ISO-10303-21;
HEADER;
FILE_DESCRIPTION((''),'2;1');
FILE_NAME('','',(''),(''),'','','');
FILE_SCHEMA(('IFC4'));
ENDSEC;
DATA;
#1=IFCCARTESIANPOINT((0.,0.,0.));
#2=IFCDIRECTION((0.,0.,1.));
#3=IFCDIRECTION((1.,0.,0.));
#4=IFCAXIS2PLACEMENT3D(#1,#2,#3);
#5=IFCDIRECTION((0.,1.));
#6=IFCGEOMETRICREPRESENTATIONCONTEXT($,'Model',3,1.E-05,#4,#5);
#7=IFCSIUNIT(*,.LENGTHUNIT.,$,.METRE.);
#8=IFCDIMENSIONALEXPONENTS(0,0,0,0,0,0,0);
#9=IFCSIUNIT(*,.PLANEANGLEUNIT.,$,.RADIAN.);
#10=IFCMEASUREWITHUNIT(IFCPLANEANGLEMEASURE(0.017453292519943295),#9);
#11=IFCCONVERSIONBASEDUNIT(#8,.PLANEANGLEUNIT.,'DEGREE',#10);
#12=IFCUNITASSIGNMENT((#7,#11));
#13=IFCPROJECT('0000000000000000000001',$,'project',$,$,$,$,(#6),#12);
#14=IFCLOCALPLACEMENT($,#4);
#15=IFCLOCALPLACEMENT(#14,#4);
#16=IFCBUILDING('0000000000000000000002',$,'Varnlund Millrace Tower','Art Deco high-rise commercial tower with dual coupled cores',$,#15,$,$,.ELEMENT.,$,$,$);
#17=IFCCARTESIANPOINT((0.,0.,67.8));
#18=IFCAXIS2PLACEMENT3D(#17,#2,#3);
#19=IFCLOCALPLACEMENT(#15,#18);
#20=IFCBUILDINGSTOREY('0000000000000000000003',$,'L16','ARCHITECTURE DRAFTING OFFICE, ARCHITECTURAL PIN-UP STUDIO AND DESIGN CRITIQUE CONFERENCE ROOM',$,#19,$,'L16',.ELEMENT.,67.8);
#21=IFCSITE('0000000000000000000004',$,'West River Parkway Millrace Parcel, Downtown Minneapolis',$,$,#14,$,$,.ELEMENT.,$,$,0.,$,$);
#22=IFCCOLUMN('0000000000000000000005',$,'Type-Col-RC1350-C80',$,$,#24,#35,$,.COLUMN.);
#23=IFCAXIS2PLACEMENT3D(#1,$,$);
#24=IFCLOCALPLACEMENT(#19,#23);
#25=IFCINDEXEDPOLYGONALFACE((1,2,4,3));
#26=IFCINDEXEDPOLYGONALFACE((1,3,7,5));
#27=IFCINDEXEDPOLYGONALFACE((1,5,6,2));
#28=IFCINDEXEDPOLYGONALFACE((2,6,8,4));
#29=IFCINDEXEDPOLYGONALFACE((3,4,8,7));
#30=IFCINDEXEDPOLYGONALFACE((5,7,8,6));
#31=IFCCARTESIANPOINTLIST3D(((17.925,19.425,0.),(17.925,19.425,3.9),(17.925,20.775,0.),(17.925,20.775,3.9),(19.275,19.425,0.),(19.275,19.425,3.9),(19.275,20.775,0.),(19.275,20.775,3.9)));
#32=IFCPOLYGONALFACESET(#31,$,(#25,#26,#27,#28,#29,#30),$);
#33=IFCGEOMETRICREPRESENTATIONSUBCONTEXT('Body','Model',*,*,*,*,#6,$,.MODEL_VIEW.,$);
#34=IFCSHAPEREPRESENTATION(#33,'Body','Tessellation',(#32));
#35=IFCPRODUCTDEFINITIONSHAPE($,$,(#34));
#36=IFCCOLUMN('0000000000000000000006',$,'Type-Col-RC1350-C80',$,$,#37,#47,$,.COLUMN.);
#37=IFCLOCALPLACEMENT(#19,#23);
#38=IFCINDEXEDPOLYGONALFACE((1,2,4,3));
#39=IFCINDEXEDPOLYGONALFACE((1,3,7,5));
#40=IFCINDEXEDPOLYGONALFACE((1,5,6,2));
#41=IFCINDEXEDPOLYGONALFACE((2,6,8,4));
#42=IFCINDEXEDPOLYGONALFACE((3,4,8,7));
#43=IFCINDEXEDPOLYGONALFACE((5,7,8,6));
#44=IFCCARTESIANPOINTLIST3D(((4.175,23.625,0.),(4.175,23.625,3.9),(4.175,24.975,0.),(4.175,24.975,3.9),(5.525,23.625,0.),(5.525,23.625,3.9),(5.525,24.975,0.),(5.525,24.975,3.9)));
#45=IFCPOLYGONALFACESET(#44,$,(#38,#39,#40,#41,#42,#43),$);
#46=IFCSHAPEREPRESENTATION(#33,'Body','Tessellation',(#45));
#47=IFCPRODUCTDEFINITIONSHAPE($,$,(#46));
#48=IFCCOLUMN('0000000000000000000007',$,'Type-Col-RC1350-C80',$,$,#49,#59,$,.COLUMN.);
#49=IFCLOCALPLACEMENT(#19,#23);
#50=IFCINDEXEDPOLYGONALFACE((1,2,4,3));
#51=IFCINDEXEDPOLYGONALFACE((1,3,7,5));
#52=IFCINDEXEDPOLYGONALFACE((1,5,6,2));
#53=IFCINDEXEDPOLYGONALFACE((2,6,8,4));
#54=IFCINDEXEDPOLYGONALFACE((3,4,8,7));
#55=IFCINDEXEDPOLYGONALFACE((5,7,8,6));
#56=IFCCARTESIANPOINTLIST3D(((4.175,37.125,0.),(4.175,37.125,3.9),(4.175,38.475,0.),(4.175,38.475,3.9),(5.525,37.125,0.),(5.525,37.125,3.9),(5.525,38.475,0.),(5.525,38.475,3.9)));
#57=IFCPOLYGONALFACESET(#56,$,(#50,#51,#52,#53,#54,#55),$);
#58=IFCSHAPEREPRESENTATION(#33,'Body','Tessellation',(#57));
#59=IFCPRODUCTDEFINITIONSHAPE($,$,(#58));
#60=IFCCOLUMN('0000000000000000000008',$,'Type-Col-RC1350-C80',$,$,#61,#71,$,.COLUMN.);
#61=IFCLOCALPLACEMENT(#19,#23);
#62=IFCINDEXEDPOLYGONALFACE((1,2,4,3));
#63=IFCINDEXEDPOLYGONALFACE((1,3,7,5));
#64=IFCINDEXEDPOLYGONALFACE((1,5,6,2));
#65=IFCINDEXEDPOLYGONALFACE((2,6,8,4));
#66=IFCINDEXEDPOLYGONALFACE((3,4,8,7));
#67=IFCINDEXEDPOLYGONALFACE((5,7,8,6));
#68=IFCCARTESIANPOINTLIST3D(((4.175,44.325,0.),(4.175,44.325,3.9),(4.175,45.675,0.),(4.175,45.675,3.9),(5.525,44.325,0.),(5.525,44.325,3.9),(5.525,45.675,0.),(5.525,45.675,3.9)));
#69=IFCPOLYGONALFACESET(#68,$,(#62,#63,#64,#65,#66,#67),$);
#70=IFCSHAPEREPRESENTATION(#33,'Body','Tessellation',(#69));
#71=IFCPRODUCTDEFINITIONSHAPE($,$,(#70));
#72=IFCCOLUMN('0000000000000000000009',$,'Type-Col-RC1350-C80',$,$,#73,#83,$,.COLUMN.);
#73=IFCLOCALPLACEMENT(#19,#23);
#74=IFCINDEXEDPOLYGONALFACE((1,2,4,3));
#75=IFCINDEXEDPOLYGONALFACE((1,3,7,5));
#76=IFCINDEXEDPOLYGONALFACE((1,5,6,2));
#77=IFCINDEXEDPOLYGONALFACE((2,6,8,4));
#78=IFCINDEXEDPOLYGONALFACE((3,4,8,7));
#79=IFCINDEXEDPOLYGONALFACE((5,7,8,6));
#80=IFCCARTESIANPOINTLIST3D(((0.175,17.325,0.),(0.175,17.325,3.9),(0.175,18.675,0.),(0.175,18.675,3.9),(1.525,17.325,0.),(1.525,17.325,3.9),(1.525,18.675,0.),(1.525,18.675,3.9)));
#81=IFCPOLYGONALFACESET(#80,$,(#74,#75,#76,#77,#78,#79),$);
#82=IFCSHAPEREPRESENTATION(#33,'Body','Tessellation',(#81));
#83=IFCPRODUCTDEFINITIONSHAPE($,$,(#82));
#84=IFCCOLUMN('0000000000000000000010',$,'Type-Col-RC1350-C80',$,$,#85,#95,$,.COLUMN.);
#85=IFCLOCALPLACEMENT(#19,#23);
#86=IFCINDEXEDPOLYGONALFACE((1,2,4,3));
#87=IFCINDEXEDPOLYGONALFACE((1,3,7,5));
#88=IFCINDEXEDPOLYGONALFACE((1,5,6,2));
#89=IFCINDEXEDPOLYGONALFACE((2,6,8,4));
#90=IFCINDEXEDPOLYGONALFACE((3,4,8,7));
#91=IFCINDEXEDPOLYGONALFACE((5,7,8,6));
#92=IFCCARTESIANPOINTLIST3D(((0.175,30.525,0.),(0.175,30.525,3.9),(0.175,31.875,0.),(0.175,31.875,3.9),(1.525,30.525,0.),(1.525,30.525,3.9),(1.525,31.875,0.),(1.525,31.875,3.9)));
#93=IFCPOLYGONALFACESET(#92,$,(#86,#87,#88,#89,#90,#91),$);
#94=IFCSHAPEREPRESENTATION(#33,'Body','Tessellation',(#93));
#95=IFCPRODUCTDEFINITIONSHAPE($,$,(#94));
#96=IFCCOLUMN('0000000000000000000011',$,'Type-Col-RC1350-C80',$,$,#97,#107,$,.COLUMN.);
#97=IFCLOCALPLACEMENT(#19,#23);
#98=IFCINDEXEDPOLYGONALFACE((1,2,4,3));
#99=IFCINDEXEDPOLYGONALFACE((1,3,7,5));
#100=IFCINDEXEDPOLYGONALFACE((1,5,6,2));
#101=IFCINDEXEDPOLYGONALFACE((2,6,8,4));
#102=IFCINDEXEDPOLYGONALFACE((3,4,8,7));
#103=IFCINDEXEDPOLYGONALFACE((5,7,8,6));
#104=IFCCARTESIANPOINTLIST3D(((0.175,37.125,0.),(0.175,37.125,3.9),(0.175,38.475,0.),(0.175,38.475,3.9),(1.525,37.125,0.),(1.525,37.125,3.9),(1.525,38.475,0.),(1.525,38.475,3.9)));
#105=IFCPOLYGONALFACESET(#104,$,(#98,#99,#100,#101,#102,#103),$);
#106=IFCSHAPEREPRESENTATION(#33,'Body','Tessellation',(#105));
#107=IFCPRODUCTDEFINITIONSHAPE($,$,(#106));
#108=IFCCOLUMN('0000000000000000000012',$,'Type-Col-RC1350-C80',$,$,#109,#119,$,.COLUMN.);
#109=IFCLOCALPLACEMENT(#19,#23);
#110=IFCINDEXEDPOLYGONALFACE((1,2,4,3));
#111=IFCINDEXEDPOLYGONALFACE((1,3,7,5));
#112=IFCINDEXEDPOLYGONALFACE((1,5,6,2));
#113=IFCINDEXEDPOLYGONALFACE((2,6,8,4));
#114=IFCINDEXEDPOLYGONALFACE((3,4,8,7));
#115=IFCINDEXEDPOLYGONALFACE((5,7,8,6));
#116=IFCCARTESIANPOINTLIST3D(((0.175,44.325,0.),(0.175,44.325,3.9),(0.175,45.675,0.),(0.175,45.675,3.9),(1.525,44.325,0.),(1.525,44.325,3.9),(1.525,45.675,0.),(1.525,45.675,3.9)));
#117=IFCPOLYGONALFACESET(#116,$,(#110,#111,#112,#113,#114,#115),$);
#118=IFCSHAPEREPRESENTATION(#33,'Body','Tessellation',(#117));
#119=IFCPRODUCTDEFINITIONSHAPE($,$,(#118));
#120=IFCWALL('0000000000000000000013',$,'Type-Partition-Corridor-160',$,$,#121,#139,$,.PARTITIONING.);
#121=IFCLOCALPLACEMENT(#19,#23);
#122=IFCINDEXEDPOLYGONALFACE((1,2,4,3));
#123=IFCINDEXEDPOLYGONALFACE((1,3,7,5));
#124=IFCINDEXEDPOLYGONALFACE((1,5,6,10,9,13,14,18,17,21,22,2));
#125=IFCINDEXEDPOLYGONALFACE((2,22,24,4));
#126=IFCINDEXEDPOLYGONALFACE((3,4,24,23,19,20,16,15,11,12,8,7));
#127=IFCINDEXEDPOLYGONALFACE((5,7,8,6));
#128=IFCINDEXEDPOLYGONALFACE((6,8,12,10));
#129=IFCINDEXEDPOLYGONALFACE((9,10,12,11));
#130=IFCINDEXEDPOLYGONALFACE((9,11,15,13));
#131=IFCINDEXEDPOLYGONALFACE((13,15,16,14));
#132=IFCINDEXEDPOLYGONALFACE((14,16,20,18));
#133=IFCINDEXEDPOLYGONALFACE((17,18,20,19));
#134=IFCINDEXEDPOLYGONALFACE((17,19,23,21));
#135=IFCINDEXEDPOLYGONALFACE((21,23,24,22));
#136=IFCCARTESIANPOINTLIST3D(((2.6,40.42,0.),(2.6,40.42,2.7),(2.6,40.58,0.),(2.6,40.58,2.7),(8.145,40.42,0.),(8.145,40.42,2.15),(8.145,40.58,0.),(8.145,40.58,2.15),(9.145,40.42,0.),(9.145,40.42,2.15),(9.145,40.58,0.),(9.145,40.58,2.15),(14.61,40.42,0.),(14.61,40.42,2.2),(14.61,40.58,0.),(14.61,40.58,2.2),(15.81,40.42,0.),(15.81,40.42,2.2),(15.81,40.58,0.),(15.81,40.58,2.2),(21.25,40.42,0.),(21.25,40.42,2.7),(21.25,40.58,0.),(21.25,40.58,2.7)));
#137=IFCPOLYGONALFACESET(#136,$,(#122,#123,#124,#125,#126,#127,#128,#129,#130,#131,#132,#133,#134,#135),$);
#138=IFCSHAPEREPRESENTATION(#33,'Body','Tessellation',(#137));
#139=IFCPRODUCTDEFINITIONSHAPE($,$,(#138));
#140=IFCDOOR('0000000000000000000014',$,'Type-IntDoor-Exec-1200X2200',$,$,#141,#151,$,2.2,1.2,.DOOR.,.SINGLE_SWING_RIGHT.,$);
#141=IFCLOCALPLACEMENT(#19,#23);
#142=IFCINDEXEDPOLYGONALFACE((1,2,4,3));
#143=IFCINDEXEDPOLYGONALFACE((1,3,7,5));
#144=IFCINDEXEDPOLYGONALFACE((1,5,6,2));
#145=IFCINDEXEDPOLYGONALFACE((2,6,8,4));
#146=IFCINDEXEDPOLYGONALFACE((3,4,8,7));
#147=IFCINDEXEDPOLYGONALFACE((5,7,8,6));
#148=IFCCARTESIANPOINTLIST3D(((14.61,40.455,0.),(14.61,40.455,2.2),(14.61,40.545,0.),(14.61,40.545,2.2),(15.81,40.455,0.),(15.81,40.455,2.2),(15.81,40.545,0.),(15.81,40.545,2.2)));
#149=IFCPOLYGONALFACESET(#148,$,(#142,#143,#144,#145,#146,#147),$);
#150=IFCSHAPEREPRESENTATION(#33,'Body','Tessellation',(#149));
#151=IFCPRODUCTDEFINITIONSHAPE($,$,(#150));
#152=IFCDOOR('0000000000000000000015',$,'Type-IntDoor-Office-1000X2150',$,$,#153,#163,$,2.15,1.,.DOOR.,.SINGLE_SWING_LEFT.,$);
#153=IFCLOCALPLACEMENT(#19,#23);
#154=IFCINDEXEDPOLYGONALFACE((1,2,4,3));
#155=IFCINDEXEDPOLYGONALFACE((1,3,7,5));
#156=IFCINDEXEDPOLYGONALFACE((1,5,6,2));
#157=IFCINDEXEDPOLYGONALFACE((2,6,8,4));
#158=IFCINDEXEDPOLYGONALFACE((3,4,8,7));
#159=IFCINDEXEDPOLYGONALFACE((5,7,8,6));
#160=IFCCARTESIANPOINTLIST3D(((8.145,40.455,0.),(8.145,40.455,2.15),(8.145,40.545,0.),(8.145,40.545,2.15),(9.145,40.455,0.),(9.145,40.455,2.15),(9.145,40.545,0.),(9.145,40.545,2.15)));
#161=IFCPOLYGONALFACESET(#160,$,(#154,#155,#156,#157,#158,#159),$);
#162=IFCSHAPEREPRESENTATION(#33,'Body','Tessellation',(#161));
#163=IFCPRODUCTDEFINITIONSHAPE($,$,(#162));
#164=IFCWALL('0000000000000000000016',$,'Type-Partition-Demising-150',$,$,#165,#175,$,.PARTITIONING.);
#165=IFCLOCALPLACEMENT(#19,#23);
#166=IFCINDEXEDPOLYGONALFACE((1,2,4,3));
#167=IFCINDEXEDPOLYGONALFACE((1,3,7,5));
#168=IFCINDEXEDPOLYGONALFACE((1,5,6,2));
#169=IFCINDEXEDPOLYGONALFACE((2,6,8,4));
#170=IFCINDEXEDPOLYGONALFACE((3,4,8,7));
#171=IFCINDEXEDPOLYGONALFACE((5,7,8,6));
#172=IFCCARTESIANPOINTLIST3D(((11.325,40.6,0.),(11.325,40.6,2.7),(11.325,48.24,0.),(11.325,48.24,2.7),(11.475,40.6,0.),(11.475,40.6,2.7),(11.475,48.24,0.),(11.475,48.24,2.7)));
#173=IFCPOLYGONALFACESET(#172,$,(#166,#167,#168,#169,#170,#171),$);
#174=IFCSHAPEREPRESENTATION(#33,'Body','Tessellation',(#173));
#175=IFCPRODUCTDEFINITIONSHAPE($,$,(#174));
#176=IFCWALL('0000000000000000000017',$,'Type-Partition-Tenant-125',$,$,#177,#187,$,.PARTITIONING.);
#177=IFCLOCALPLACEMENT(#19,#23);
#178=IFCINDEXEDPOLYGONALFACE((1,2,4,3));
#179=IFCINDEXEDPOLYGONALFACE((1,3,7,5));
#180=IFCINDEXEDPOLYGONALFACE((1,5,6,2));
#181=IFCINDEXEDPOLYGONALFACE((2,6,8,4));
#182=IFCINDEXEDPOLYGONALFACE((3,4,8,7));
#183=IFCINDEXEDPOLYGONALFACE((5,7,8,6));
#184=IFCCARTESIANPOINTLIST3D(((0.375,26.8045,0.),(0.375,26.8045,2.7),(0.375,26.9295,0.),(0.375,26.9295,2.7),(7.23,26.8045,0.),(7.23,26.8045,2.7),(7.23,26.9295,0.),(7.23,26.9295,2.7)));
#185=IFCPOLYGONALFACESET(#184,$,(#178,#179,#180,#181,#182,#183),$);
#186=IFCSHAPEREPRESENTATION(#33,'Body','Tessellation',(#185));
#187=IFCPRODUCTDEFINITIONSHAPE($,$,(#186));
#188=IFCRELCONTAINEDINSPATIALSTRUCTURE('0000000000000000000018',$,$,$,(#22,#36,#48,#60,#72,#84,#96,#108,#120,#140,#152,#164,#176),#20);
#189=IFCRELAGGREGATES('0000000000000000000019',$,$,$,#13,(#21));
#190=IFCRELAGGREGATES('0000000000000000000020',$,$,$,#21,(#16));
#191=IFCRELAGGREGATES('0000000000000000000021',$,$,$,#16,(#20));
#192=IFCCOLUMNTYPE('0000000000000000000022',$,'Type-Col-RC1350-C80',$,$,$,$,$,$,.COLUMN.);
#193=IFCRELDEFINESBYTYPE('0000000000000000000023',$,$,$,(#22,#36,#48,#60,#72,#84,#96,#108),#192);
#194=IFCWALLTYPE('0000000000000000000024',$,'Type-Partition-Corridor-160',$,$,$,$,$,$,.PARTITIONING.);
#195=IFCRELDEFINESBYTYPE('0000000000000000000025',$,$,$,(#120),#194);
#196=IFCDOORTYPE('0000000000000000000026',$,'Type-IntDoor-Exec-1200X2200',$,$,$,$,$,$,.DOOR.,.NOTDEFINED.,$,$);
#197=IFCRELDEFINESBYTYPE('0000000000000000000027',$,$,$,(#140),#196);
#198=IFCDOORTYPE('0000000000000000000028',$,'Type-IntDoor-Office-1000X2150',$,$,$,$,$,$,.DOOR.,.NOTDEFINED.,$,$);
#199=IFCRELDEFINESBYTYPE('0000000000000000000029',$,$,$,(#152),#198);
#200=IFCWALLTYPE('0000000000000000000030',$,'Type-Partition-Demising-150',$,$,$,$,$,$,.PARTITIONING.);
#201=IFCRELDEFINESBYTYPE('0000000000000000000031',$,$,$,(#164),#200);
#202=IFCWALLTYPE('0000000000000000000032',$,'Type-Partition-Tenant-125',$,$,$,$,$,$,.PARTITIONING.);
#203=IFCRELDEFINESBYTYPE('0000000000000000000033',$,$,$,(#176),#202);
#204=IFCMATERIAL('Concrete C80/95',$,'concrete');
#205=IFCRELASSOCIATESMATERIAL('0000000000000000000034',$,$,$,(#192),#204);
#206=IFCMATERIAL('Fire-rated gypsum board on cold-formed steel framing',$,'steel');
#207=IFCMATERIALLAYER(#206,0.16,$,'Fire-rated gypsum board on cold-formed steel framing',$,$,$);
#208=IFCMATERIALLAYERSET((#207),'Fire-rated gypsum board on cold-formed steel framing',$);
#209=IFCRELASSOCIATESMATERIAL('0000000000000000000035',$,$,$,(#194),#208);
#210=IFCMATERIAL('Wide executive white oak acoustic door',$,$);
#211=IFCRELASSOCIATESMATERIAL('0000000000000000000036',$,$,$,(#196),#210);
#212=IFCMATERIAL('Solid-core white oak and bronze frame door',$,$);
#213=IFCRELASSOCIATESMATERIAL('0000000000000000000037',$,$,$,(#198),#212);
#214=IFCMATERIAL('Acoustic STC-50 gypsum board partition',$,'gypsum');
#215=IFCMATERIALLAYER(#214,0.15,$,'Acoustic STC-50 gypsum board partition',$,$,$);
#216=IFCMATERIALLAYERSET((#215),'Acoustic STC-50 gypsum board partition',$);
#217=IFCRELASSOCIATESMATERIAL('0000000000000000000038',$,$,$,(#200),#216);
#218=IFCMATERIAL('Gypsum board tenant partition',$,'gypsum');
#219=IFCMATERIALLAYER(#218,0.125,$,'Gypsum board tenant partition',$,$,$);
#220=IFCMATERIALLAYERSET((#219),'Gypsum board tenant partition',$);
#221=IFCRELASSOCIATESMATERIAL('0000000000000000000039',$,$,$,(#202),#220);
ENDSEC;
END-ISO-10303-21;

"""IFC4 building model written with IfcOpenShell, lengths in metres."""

from ifc_helpers import new_model, entity, si_unit, converted_unit, direction, frame, origin_with_axes, origin_2d_with_axis, place, context, subcontext, project, spatial, polyline, rectangle, outline, extrude, material, layer, layer_set, material_profile, profile_set, type_object, element, fill, save


model = new_model("IFC4")

# Units and contexts
model_context = context("Model", 3, precision=1e-05, world=origin_with_axes(), true_north=direction((0.0, 1.0)))
body_context = subcontext(model_context, "Body", "Model", "MODEL_VIEW")
ifc_project = project(units=[si_unit("LENGTHUNIT", "METRE"), converted_unit("PLANEANGLEUNIT", "DEGREE", entity("IfcPlaneAngleMeasure", 0.017453292519943295), si_unit("PLANEANGLEUNIT", "RADIAN"), dimensions=[0, 0, 0, 0, 0, 0, 0])], contexts=[model_context])

# Site, building, storey
site_placement = place(None, origin_with_axes())
site = spatial("IfcSite", under=ifc_project, at=site_placement, Name="West River Parkway Millrace Parcel, Downtown Minneapolis", CompositionType="ELEMENT", RefElevation=0.0)
building_placement = place(site_placement, origin_with_axes())
building = spatial("IfcBuilding", under=site, at=building_placement, Name="Varnlund Millrace Tower", Description="Art Deco high-rise commercial tower with dual coupled cores", CompositionType="ELEMENT")
storey_placement = place(building_placement, frame((0.0, 0.0, 67.8), z_axis=(0.0, 0.0, 1.0), x_axis=(1.0, 0.0, 0.0)))
storey = spatial("IfcBuildingStorey", under=building, at=storey_placement, Name="L16", Description="ARCHITECTURE DRAFTING OFFICE, ARCHITECTURAL PIN-UP STUDIO AND DESIGN CRITIQUE CONFERENCE ROOM", LongName="L16", CompositionType="ELEMENT", Elevation=67.8)

# Columns
ifc_material_1 = material(Name="Concrete C80/95", Category="concrete")
ifc_material_profile = material_profile(ifc_material_1, rectangle(XDim=1.35, YDim=1.35, at=origin_2d_with_axis()), Name="Concrete C80/95")
ifc_profile_set = profile_set([ifc_material_profile], Name="Concrete C80/95")
column_type = type_object("IfcColumnType", Name="Type-Col-RC1350-C80", PredefinedType="COLUMN", material=ifc_profile_set)
for number, where, z_axis, x_axis, name in (
    (1, (18.6, 20.1, 0.0), (0.0, 0.0, 1.0), (1.0, 0.0, 0.0), "Type-Col-RC1350-C80"),
    (2, (4.85, 24.3, 0.0), (0.0, 0.0, 1.0), (1.0, 0.0, 0.0), "Type-Col-RC1350-C80"),
    (3, (4.85, 37.8, 0.0), (0.0, 0.0, 1.0), (1.0, 0.0, 0.0), "Type-Col-RC1350-C80"),
    (4, (4.85, 45.0, 0.0), (0.0, 0.0, 1.0), (1.0, 0.0, 0.0), "Type-Col-RC1350-C80"),
    (5, (0.85, 18.0, 0.0), (0.0, 0.0, 1.0), (1.0, 0.0, 0.0), "Type-Col-RC1350-C80"),
    (6, (0.85, 31.2, 0.0), (0.0, 0.0, 1.0), (1.0, 0.0, 0.0), "Type-Col-RC1350-C80"),
    (7, (0.85, 37.8, 0.0), (0.0, 0.0, 1.0), (1.0, 0.0, 0.0), "Type-Col-RC1350-C80"),
    (8, (0.85, 45.0, 0.0), (0.0, 0.0, 1.0), (1.0, 0.0, 0.0), "Type-Col-RC1350-C80"),
):
    element("IfcColumn", number, at=place(storey_placement, frame(where, z_axis=z_axis, x_axis=x_axis)), inside=storey, type_object=column_type, Name=name, PredefinedType="COLUMN", context=body_context, shape_type="SweptSolid", body=[
        extrude(rectangle(XDim=1.35, YDim=1.35, at=origin_2d_with_axis()), origin_with_axes(), (0.0, 0.0, 1.0), 3.9),
    ])

# Wall, openings, doors
ifc_material_2 = material(Name="Fire-rated gypsum board on cold-formed steel framing", Category="steel")
ifc_layer_1 = layer(ifc_material_2, 0.16, Name="Fire-rated gypsum board on cold-formed steel framing")
ifc_layer_set_1 = layer_set([ifc_layer_1], Name="Fire-rated gypsum board on cold-formed steel framing")
wall_type_1 = type_object("IfcWallType", Name="Type-Partition-Corridor-160", PredefinedType="PARTITIONING", material=ifc_layer_set_1)
wall_1_placement = place(storey_placement, frame((2.6, 40.5, 0.0), z_axis=(0.0, 0.0, 1.0), x_axis=(1.0, 0.0, 0.0)))
wall_1 = element("IfcWall", 9, at=wall_1_placement, inside=storey, type_object=wall_type_1, Name="Type-Partition-Corridor-160", PredefinedType="PARTITIONING", context=body_context, shape_type="SweptSolid", body=[
    extrude(outline(polyline([(0.0, -0.08), (18.65, -0.08), (18.65, 0.08), (0.0, 0.08), (0.0, -0.08)])), origin_with_axes(), (0.0, 0.0, 1.0), 2.7),
])
opening_1_placement = place(wall_1_placement, frame((6.045, 0.0, 0.0), z_axis=(0.0, 0.0, 1.0), x_axis=(1.0, 0.0, 0.0)))
opening_1 = element("IfcOpeningElement", 10, at=opening_1_placement, cuts=wall_1, PredefinedType="OPENING", context=body_context, shape_type="SweptSolid", body=[
    extrude(rectangle(XDim=1.0, YDim=0.18, at=origin_2d_with_axis()), origin_with_axes(), (0.0, 0.0, 1.0), 2.15),
])
opening_2_placement = place(wall_1_placement, frame((12.61, 0.0, 0.0), z_axis=(0.0, 0.0, 1.0), x_axis=(1.0, 0.0, 0.0)))
opening_2 = element("IfcOpeningElement", 11, at=opening_2_placement, cuts=wall_1, PredefinedType="OPENING", context=body_context, shape_type="SweptSolid", body=[
    extrude(rectangle(XDim=1.2, YDim=0.18, at=origin_2d_with_axis()), origin_with_axes(), (0.0, 0.0, 1.0), 2.2),
])
ifc_material_3 = material(Name="Wide executive white oak acoustic door")
door_type_1 = type_object("IfcDoorType", Name="Type-IntDoor-Exec-1200X2200", OperationType="NOTDEFINED", PredefinedType="DOOR", material=ifc_material_3)
door_1_placement = place(wall_1_placement, frame((12.61, 0.0, 0.0), z_axis=(0.0, 0.0, 1.0), x_axis=(1.0, 0.0, 0.0)))
door_1 = element("IfcDoor", 12, at=door_1_placement, inside=storey, type_object=door_type_1, Name="Type-IntDoor-Exec-1200X2200", OperationType="SINGLE_SWING_RIGHT", OverallHeight=2.2, OverallWidth=1.2, PredefinedType="DOOR", context=body_context, shape_type="SweptSolid", body=[
    extrude(rectangle(XDim=1.2, YDim=0.09, at=origin_2d_with_axis()), origin_with_axes(), (0.0, 0.0, 1.0), 2.2),
])
fill(opening_2, door_1)
ifc_material_4 = material(Name="Solid-core white oak and bronze frame door")
door_type_2 = type_object("IfcDoorType", Name="Type-IntDoor-Office-1000X2150", OperationType="NOTDEFINED", PredefinedType="DOOR", material=ifc_material_4)
door_2_placement = place(wall_1_placement, frame((6.045, 0.0, 0.0), z_axis=(0.0, 0.0, 1.0), x_axis=(1.0, 0.0, 0.0)))
door_2 = element("IfcDoor", 13, at=door_2_placement, inside=storey, type_object=door_type_2, Name="Type-IntDoor-Office-1000X2150", OperationType="SINGLE_SWING_LEFT", OverallHeight=2.15, OverallWidth=1.0, PredefinedType="DOOR", context=body_context, shape_type="SweptSolid", body=[
    extrude(rectangle(XDim=1.0, YDim=0.09, at=origin_2d_with_axis()), origin_with_axes(), (0.0, 0.0, 1.0), 2.15),
])
fill(opening_1, door_2)

# Walls
ifc_material_5 = material(Name="Acoustic STC-50 gypsum board partition", Category="gypsum")
ifc_layer_2 = layer(ifc_material_5, 0.15, Name="Acoustic STC-50 gypsum board partition")
ifc_layer_set_2 = layer_set([ifc_layer_2], Name="Acoustic STC-50 gypsum board partition")
wall_type_2 = type_object("IfcWallType", Name="Type-Partition-Demising-150", PredefinedType="PARTITIONING", material=ifc_layer_set_2)
wall_2_placement = place(storey_placement, frame((11.4, 40.6, 0.0), z_axis=(0.0, 0.0, 1.0), x_axis=(0.0, 1.0, 0.0)))
element("IfcWall", 14, at=wall_2_placement, inside=storey, type_object=wall_type_2, Name="Type-Partition-Demising-150", PredefinedType="PARTITIONING", context=body_context, shape_type="SweptSolid", body=[
    extrude(outline(polyline([(0.0, -0.075), (7.64, -0.075), (7.64, 0.075), (0.0, 0.075), (0.0, -0.075)])), origin_with_axes(), (0.0, 0.0, 1.0), 2.7),
])
ifc_material_6 = material(Name="Gypsum board tenant partition", Category="gypsum")
ifc_layer_3 = layer(ifc_material_6, 0.125, Name="Gypsum board tenant partition")
ifc_layer_set_3 = layer_set([ifc_layer_3], Name="Gypsum board tenant partition")
wall_type_3 = type_object("IfcWallType", Name="Type-Partition-Tenant-125", PredefinedType="PARTITIONING", material=ifc_layer_set_3)
wall_3_placement = place(storey_placement, frame((0.375, 26.867, 0.0), z_axis=(0.0, 0.0, 1.0), x_axis=(1.0, 0.0, 0.0)))
element("IfcWall", 15, at=wall_3_placement, inside=storey, type_object=wall_type_3, Name="Type-Partition-Tenant-125", PredefinedType="PARTITIONING", context=body_context, shape_type="SweptSolid", body=[
    extrude(outline(polyline([(0.0, -0.0625), (6.855, -0.0625), (6.855, 0.0625), (0.0, 0.0625), (0.0, -0.0625)])), origin_with_axes(), (0.0, 0.0, 1.0), 2.7),
])

save(model, "model.ifc")
